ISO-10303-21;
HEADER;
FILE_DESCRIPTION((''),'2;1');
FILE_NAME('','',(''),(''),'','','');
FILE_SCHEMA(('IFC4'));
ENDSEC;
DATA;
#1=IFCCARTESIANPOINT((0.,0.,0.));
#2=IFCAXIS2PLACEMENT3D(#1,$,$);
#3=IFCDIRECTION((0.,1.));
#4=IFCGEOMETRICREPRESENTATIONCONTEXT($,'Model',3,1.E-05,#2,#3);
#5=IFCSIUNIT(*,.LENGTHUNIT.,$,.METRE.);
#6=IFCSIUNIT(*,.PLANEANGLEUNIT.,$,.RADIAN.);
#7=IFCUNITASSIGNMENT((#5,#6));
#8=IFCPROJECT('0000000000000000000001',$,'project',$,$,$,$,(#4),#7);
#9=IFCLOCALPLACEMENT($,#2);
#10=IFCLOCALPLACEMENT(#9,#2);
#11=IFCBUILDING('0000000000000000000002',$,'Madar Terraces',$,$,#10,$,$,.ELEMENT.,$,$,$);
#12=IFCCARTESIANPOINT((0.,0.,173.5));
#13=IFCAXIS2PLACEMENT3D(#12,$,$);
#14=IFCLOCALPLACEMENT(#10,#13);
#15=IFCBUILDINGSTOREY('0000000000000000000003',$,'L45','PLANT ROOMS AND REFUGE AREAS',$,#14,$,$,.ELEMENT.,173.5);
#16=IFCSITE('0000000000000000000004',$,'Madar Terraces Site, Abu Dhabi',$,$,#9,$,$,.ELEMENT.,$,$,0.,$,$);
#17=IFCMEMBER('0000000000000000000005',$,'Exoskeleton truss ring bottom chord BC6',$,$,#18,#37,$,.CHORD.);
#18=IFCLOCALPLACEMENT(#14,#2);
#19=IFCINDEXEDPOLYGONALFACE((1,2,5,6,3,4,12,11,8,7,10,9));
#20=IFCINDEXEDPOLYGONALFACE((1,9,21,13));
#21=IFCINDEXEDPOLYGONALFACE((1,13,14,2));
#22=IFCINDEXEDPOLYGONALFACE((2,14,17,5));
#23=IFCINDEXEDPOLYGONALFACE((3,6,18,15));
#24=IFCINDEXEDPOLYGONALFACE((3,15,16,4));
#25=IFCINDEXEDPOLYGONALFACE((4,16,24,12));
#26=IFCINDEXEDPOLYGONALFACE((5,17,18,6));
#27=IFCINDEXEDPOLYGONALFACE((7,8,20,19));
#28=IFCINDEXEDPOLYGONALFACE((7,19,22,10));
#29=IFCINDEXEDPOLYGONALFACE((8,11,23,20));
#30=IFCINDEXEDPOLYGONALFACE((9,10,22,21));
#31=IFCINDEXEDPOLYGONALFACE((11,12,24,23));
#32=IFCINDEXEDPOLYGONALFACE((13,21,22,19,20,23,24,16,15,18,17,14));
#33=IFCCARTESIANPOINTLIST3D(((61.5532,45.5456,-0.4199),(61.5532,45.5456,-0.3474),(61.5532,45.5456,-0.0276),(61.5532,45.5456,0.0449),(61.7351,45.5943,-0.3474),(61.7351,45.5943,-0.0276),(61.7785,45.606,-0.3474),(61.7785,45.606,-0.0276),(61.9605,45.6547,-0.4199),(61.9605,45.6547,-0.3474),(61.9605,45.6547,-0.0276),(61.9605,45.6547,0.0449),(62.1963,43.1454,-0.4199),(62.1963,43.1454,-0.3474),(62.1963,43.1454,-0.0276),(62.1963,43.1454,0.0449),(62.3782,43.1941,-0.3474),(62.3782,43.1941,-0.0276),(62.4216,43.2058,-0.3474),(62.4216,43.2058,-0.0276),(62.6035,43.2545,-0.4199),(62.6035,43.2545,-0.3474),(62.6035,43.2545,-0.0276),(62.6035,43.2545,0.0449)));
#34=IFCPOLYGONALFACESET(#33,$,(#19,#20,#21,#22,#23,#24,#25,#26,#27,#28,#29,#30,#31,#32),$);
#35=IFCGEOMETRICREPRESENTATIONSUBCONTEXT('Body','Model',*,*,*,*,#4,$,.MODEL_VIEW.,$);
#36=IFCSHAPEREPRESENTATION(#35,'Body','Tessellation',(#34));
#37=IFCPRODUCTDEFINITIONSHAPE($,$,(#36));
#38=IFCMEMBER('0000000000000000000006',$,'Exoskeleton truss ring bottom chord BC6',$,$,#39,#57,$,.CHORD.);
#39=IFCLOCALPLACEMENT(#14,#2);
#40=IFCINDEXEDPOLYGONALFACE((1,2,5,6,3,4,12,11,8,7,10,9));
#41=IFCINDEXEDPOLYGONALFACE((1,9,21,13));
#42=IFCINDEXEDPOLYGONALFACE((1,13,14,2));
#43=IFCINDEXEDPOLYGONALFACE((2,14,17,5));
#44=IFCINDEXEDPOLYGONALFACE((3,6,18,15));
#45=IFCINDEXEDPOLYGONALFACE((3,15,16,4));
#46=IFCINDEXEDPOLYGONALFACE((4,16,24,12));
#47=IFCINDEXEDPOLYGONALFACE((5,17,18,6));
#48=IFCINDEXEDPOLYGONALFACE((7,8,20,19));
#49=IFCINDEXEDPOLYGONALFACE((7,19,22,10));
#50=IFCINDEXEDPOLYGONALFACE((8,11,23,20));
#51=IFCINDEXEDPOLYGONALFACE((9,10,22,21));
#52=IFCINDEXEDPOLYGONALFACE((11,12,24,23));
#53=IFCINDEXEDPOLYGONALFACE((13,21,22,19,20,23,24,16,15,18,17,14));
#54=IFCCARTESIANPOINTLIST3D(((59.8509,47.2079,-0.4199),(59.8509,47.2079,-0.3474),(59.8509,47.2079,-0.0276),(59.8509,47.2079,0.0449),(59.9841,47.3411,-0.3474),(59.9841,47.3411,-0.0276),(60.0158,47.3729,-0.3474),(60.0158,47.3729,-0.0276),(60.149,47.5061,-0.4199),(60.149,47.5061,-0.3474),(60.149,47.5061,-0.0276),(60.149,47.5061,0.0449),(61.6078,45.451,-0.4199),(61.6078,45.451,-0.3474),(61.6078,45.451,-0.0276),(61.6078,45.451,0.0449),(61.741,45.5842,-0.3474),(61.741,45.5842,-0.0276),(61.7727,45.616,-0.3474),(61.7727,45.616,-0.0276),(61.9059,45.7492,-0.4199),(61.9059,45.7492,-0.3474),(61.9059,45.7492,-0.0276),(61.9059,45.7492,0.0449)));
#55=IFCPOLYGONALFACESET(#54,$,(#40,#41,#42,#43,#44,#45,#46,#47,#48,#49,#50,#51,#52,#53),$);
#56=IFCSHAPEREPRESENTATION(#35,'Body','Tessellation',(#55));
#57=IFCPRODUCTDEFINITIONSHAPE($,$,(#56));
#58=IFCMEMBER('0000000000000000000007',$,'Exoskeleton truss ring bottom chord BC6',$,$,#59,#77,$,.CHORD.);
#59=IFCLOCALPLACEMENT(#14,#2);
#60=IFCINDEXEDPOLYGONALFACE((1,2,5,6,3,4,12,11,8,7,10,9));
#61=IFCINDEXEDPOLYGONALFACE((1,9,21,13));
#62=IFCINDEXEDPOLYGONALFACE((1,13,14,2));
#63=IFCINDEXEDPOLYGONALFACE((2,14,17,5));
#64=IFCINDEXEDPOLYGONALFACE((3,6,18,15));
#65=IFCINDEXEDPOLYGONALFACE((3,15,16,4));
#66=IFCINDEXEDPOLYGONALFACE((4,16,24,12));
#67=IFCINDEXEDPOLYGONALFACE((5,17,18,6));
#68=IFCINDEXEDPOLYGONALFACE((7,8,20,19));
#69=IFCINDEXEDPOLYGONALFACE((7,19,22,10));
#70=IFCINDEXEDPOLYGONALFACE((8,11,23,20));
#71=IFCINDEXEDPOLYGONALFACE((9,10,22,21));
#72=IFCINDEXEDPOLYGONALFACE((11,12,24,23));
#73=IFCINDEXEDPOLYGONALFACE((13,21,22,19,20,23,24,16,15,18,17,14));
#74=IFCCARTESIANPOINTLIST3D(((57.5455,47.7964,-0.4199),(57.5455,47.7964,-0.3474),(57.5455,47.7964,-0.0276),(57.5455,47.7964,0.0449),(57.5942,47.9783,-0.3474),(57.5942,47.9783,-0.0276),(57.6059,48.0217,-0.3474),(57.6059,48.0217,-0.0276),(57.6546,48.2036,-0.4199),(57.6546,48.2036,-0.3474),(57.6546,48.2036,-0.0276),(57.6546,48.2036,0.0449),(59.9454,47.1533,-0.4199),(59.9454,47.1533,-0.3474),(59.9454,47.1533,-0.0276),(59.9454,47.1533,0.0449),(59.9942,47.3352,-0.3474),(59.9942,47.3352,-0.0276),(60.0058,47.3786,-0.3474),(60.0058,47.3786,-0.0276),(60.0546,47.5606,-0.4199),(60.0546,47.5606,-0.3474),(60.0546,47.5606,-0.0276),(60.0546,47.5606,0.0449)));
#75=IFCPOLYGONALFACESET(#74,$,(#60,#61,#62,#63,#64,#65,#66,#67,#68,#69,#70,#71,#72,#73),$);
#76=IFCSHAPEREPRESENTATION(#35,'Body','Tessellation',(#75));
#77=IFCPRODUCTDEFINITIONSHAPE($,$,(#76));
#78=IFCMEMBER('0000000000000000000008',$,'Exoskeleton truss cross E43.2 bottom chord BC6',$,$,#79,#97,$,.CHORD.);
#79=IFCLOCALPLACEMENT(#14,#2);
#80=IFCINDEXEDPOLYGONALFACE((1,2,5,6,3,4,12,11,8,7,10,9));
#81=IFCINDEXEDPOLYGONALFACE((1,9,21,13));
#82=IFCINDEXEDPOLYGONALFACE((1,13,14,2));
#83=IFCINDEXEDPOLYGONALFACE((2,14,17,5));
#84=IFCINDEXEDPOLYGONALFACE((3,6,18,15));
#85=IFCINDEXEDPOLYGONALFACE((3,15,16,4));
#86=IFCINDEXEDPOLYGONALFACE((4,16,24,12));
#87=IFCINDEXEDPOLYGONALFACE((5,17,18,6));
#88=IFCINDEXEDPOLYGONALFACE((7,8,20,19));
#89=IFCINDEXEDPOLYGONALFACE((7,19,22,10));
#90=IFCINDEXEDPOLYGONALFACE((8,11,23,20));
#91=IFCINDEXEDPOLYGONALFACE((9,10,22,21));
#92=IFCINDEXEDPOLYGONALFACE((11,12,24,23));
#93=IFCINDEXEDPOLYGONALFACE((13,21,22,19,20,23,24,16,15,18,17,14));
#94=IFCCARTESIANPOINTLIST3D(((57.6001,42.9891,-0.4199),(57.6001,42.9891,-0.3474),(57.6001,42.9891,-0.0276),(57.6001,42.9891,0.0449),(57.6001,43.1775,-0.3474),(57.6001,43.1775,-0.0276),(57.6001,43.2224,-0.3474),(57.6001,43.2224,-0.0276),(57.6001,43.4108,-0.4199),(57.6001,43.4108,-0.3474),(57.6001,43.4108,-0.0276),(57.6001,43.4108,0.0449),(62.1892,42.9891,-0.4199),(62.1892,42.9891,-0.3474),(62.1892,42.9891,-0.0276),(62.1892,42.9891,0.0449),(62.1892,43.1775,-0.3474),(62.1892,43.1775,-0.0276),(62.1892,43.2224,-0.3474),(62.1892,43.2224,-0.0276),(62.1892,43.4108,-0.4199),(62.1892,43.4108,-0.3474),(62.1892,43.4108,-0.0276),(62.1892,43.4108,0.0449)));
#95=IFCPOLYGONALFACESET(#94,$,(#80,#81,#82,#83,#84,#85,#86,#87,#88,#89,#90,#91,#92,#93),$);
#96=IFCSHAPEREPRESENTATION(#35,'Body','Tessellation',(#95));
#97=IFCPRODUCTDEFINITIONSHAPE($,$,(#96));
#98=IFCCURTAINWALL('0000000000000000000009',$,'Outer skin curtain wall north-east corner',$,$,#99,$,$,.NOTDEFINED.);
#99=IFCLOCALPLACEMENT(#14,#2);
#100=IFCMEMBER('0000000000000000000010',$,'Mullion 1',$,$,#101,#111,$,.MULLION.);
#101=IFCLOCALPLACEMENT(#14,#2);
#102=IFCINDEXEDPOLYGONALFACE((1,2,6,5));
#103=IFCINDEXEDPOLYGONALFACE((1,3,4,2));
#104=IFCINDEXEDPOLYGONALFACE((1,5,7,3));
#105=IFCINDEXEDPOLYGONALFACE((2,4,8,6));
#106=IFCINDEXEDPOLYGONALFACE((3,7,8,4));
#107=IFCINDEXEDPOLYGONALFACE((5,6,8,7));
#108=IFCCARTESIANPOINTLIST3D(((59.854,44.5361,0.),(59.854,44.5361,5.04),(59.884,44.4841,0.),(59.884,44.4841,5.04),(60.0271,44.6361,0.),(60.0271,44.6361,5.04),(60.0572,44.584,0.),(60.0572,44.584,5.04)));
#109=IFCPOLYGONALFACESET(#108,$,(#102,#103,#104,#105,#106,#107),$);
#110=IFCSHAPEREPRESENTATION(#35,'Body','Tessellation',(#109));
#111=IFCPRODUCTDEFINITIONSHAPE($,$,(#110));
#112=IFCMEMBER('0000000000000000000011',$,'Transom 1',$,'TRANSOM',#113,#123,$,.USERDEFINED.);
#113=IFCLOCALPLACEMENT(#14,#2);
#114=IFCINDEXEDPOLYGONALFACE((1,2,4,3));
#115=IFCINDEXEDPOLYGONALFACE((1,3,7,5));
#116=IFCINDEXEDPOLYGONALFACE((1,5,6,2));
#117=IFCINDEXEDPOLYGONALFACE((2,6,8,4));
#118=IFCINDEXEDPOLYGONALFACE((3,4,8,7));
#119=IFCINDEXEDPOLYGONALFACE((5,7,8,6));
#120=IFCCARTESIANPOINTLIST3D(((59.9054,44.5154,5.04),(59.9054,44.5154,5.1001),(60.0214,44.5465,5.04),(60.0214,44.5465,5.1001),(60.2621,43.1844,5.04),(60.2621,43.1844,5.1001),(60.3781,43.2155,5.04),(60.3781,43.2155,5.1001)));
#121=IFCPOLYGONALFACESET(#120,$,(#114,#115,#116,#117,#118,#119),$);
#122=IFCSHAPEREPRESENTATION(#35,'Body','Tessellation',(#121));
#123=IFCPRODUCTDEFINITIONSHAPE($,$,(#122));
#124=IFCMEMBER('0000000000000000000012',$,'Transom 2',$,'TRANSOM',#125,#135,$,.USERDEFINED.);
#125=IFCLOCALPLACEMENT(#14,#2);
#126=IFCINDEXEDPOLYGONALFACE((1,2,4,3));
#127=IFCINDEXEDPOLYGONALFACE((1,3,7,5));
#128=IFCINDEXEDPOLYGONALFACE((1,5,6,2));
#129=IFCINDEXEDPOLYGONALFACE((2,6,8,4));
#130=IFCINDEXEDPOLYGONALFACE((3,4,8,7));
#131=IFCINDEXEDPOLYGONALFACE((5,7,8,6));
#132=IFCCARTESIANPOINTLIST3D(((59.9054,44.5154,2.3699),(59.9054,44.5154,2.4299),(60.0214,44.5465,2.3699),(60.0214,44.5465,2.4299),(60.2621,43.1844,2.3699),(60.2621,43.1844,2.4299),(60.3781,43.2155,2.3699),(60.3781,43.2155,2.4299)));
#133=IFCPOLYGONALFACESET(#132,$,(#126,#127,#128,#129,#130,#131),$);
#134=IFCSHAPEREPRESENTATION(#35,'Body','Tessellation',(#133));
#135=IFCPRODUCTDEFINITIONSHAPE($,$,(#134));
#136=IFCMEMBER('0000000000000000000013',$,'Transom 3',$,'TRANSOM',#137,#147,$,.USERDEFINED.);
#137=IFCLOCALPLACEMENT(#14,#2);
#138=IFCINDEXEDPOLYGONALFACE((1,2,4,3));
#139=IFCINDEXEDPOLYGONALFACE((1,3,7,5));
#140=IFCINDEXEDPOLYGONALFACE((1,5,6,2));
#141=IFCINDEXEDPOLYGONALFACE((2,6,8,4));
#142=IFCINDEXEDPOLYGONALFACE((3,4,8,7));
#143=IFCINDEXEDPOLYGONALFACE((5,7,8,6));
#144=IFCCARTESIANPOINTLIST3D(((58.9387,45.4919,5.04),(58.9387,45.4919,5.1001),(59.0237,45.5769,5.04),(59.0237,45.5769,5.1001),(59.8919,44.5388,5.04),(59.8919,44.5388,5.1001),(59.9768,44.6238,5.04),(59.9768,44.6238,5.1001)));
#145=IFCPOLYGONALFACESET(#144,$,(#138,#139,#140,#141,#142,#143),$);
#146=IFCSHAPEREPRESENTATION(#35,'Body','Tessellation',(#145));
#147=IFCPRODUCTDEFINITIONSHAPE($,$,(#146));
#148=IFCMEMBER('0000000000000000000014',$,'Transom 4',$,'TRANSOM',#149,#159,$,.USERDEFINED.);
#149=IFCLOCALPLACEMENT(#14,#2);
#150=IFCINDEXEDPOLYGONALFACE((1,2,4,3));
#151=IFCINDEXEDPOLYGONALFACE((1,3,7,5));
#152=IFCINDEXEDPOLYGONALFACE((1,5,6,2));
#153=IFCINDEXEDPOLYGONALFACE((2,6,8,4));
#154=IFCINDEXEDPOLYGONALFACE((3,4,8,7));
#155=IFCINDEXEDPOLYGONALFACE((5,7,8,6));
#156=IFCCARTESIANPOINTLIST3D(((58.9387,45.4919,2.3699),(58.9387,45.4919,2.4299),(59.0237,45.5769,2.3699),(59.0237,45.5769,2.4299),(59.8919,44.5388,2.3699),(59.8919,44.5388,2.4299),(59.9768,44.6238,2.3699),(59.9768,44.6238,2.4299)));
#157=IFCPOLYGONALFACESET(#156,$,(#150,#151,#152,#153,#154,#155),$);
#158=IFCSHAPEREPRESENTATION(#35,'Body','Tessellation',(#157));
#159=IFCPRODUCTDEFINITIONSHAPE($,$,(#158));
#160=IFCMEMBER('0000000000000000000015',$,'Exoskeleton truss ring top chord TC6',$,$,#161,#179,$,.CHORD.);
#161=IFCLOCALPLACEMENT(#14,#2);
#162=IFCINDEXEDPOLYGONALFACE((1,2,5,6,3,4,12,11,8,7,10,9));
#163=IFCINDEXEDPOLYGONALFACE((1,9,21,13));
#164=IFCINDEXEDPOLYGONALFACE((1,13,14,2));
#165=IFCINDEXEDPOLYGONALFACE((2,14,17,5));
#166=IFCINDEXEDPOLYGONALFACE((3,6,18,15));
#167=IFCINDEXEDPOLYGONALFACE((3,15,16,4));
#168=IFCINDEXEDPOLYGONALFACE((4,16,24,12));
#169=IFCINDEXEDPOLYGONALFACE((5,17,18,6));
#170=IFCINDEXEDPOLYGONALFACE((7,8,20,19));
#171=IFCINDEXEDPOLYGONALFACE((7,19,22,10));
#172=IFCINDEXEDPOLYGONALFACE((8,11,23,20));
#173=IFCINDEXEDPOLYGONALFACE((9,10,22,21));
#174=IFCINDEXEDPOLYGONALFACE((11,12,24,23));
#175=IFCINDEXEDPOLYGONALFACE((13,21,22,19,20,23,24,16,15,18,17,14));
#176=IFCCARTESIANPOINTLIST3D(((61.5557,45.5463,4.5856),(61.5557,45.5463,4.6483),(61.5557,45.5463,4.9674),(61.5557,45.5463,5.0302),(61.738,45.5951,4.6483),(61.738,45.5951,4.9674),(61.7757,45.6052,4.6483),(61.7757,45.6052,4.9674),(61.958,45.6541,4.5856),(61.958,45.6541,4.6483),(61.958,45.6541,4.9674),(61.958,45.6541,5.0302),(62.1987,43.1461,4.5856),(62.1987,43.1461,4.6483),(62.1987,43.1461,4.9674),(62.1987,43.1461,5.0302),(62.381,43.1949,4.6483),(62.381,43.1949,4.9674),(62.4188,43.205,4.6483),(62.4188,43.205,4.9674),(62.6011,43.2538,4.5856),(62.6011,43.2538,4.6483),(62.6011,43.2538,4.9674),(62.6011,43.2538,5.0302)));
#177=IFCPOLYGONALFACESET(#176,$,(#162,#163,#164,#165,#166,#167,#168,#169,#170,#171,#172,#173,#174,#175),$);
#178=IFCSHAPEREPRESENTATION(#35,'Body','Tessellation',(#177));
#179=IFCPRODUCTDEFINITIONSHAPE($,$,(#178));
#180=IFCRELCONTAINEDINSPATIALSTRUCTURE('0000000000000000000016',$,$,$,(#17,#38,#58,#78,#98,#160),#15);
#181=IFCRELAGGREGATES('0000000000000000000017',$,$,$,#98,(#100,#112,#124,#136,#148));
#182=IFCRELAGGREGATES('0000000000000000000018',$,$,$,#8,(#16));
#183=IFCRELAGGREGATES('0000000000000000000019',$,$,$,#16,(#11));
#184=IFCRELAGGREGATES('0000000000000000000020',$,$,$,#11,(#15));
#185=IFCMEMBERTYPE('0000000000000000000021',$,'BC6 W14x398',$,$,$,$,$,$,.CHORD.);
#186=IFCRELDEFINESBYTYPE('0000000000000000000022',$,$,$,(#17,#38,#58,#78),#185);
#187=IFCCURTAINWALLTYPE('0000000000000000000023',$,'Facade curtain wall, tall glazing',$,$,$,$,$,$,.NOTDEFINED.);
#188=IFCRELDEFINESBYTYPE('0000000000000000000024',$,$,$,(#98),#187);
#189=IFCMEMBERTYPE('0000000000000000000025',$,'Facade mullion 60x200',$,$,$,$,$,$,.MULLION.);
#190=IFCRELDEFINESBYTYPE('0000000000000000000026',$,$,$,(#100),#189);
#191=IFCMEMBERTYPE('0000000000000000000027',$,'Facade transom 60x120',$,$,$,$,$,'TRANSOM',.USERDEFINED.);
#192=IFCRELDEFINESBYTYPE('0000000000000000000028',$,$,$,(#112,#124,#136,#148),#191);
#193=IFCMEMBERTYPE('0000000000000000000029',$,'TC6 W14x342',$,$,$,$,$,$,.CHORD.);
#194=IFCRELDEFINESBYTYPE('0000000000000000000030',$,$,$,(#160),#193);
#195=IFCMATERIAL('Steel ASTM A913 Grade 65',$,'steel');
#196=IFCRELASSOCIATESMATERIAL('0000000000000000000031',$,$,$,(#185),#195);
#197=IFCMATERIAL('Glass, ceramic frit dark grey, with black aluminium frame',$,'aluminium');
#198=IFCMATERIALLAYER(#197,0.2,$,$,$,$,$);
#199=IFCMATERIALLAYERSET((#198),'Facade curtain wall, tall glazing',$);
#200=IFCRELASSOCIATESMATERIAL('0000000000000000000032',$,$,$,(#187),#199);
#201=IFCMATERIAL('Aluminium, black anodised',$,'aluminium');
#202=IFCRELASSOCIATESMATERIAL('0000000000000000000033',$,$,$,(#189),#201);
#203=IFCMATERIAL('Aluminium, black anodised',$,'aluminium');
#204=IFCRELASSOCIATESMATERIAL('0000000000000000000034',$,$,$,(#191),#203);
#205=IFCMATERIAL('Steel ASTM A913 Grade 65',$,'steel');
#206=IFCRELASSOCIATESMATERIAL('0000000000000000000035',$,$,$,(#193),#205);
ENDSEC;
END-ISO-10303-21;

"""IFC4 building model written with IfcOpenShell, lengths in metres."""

from ifc_helpers import new_model, si_unit, direction, frame, origin, origin_2d, place, context, subcontext, project, spatial, rectangle, i_section, extrude, material, layer, layer_set, material_profile, profile_set, type_object, element, aggregate, save


model = new_model("IFC4")

# Units and contexts
model_context = context("Model", 3, precision=1e-05, world=origin(), true_north=direction((0.0, 1.0)))
body_context = subcontext(model_context, "Body", "Model", "MODEL_VIEW")
ifc_project = project(units=[si_unit("LENGTHUNIT", "METRE"), si_unit("PLANEANGLEUNIT", "RADIAN")], contexts=[model_context])

# Site, building, storey
site_placement = place(None, origin())
site = spatial("IfcSite", under=ifc_project, at=site_placement, Name="Madar Terraces Site, Abu Dhabi", CompositionType="ELEMENT", RefElevation=0.0)
building_placement = place(site_placement, origin())
building = spatial("IfcBuilding", under=site, at=building_placement, Name="Madar Terraces", CompositionType="ELEMENT")
storey_placement = place(building_placement, frame((0.0, 0.0, 173.5)))
storey = spatial("IfcBuildingStorey", under=building, at=storey_placement, Name="L45", Description="PLANT ROOMS AND REFUGE AREAS", CompositionType="ELEMENT", Elevation=173.5)

# Members
ifc_material_1 = material(Name="Steel ASTM A913 Grade 65", Category="steel")
ifc_material_profile_1 = material_profile(ifc_material_1, i_section(OverallWidth=0.4216, OverallDepth=0.4648, WebThickness=0.0449, FlangeThickness=0.0725, at=origin_2d()), Name="W14x398")
ifc_profile_set_1 = profile_set([ifc_material_profile_1], Name="Steel ASTM A913 Grade 65")
member_type_1 = type_object("IfcMemberType", Name="BC6 W14x398", PredefinedType="CHORD", material=ifc_profile_set_1)
member_1_placement = place(storey_placement, frame((62.3999, 43.2, -0.1875), z_axis=(-0.2588, 0.965931, 0.0), x_axis=(-0.965931, -0.2588, 0.0)))
element("IfcMember", 1, at=member_1_placement, inside=storey, type_object=member_type_1, Name="Exoskeleton truss ring bottom chord BC6", PredefinedType="CHORD", context=body_context, shape_type="SweptSolid", body=[
    extrude(i_section(OverallWidth=0.4216, OverallDepth=0.4648, WebThickness=0.0449, FlangeThickness=0.0725, at=origin_2d()), origin(), (0.0, 0.0, 1.0), 2.4849),
])
for number, where, z_axis, x_axis, name in (
    (2, (61.7568, 45.6001, -0.1875), (-0.707107, 0.707107, 0.0), (-0.707107, -0.707107, 0.0), "Exoskeleton truss ring bottom chord BC6"),
    (3, (60.0, 47.3569, -0.1875), (-0.965924, 0.258824, 0.0), (-0.258824, -0.965924, 0.0), "Exoskeleton truss ring bottom chord BC6"),
):
    element("IfcMember", number, at=place(storey_placement, frame(where, z_axis=z_axis, x_axis=x_axis)), inside=storey, type_object=member_type_1, Name=name, PredefinedType="CHORD", context=body_context, shape_type="SweptSolid", body=[
        extrude(i_section(OverallWidth=0.4216, OverallDepth=0.4648, WebThickness=0.0449, FlangeThickness=0.0725, at=origin_2d()), origin(), (0.0, 0.0, 1.0), 2.4846),
    ])
member_2_placement = place(storey_placement, frame((62.1892, 43.2, -0.1875), z_axis=(-1.0, 0.0, 0.0), x_axis=(0.0, -1.0, 0.0)))
element("IfcMember", 4, at=member_2_placement, inside=storey, type_object=member_type_1, Name="Exoskeleton truss cross E43.2 bottom chord BC6", PredefinedType="CHORD", context=body_context, shape_type="SweptSolid", body=[
    extrude(i_section(OverallWidth=0.4216, OverallDepth=0.4648, WebThickness=0.0449, FlangeThickness=0.0725, at=origin_2d()), origin(), (0.0, 0.0, 1.0), 4.5891),
])

# Curtain wall, members
ifc_material_2 = material(Name="Glass, ceramic frit dark grey, with black aluminium frame", Category="aluminium")
ifc_layer_1 = layer(ifc_material_2, 0.2)
ifc_layer_set_1 = layer_set([ifc_layer_1], Name="Facade curtain wall, tall glazing")
curtain_wall_type = type_object("IfcCurtainWallType", Name="Facade curtain wall, tall glazing", PredefinedType="NOTDEFINED", material=ifc_layer_set_1)
curtain_wall_placement = place(storey_placement, origin())
curtain_wall = element("IfcCurtainWall", 5, at=curtain_wall_placement, inside=storey, type_object=curtain_wall_type, Name="Outer skin curtain wall north-east corner", PredefinedType="NOTDEFINED")
ifc_material_3 = material(Name="Aluminium, black anodised", Category="aluminium")
ifc_material_profile_2 = material_profile(ifc_material_3, rectangle(XDim=0.2, YDim=0.0601, at=origin_2d()), Name="Facade mullion 60x200")
ifc_profile_set_2 = profile_set([ifc_material_profile_2], Name="Aluminium, black anodised")
member_type_2 = type_object("IfcMemberType", Name="Facade mullion 60x200", PredefinedType="MULLION", material=ifc_profile_set_2)
member_3_placement = place(storey_placement, frame((59.9556, 44.5601, 0.0), z_axis=(0.0, 0.0, 1.0), x_axis=(-0.866025, -0.5, 0.0)))
member_3 = element("IfcMember", 6, at=member_3_placement, type_object=member_type_2, Name="Mullion 1", PredefinedType="MULLION", context=body_context, shape_type="SweptSolid", body=[
    extrude(rectangle(XDim=0.2, YDim=0.0601, at=origin_2d()), origin(), (0.0, 0.0, 1.0), 5.04),
])
ifc_material_4 = material(Name="Aluminium, black anodised", Category="aluminium")
ifc_material_profile_3 = material_profile(ifc_material_4, rectangle(XDim=0.1201, YDim=0.0601, at=origin_2d()), Name="Facade transom 60x120")
ifc_profile_set_3 = profile_set([ifc_material_profile_3], Name="Aluminium, black anodised")
member_type_3 = type_object("IfcMemberType", Name="Facade transom 60x120", ElementType="TRANSOM", PredefinedType="USERDEFINED", material=ifc_profile_set_3)
member_4_placement = place(storey_placement, frame((60.3201, 43.2, 5.0701), z_axis=(-0.258842, 0.96592, 0.0), x_axis=(-0.96592, -0.258842, 0.0)))
member_4 = element("IfcMember", 7, at=member_4_placement, type_object=member_type_3, Name="Transom 1", ObjectType="TRANSOM", PredefinedType="USERDEFINED", context=body_context, shape_type="SweptSolid", body=[
    extrude(rectangle(XDim=0.1201, YDim=0.0601, at=origin_2d()), origin(), (0.0, 0.0, 1.0), 1.3779),
])
member_5_placement = place(storey_placement, frame((60.3201, 43.2, 2.3999), z_axis=(-0.258842, 0.96592, 0.0), x_axis=(-0.96592, -0.258842, 0.0)))
member_5 = element("IfcMember", 8, at=member_5_placement, type_object=member_type_3, Name="Transom 2", ObjectType="TRANSOM", PredefinedType="USERDEFINED", context=body_context, shape_type="SweptSolid", body=[
    extrude(rectangle(XDim=0.1201, YDim=0.0601, at=origin_2d()), origin(), (0.0, 0.0, 1.0), 1.3779),
])
member_6_placement = place(storey_placement, frame((59.9343, 44.5813, 5.0701), z_axis=(-0.707107, 0.707107, 0.0), x_axis=(-0.707107, -0.707107, 0.0)))
member_6 = element("IfcMember", 9, at=member_6_placement, type_object=member_type_3, Name="Transom 3", ObjectType="TRANSOM", PredefinedType="USERDEFINED", context=body_context, shape_type="SweptSolid", body=[
    extrude(rectangle(XDim=0.1201, YDim=0.0601, at=origin_2d()), origin(), (0.0, 0.0, 1.0), 1.3479),
])
member_7_placement = place(storey_placement, frame((59.9343, 44.5813, 2.3999), z_axis=(-0.707107, 0.707107, 0.0), x_axis=(-0.707107, -0.707107, 0.0)))
member_7 = element("IfcMember", 10, at=member_7_placement, type_object=member_type_3, Name="Transom 4", ObjectType="TRANSOM", PredefinedType="USERDEFINED", context=body_context, shape_type="SweptSolid", body=[
    extrude(rectangle(XDim=0.1201, YDim=0.0601, at=origin_2d()), origin(), (0.0, 0.0, 1.0), 1.3479),
])

# Member
ifc_material_5 = material(Name="Steel ASTM A913 Grade 65", Category="steel")
ifc_material_profile_4 = material_profile(ifc_material_5, i_section(OverallWidth=0.4165, OverallDepth=0.4446, WebThickness=0.0391, FlangeThickness=0.0627, at=origin_2d()), Name="W14x342")
ifc_profile_set_4 = profile_set([ifc_material_profile_4], Name="Steel ASTM A913 Grade 65")
member_type_4 = type_object("IfcMemberType", Name="TC6 W14x342", PredefinedType="CHORD", material=ifc_profile_set_4)
member_8_placement = place(storey_placement, frame((62.3999, 43.2, 4.8079), z_axis=(-0.2588, 0.965931, 0.0), x_axis=(-0.965931, -0.2588, 0.0)))
element("IfcMember", 11, at=member_8_placement, inside=storey, type_object=member_type_4, Name="Exoskeleton truss ring top chord TC6", PredefinedType="CHORD", context=body_context, shape_type="SweptSolid", body=[
    extrude(i_section(OverallWidth=0.4165, OverallDepth=0.4446, WebThickness=0.0391, FlangeThickness=0.0627, at=origin_2d()), origin(), (0.0, 0.0, 1.0), 2.4849),
])

aggregate(curtain_wall, [member_3, member_4, member_5, member_6, member_7])

save(model, "model.ifc")
